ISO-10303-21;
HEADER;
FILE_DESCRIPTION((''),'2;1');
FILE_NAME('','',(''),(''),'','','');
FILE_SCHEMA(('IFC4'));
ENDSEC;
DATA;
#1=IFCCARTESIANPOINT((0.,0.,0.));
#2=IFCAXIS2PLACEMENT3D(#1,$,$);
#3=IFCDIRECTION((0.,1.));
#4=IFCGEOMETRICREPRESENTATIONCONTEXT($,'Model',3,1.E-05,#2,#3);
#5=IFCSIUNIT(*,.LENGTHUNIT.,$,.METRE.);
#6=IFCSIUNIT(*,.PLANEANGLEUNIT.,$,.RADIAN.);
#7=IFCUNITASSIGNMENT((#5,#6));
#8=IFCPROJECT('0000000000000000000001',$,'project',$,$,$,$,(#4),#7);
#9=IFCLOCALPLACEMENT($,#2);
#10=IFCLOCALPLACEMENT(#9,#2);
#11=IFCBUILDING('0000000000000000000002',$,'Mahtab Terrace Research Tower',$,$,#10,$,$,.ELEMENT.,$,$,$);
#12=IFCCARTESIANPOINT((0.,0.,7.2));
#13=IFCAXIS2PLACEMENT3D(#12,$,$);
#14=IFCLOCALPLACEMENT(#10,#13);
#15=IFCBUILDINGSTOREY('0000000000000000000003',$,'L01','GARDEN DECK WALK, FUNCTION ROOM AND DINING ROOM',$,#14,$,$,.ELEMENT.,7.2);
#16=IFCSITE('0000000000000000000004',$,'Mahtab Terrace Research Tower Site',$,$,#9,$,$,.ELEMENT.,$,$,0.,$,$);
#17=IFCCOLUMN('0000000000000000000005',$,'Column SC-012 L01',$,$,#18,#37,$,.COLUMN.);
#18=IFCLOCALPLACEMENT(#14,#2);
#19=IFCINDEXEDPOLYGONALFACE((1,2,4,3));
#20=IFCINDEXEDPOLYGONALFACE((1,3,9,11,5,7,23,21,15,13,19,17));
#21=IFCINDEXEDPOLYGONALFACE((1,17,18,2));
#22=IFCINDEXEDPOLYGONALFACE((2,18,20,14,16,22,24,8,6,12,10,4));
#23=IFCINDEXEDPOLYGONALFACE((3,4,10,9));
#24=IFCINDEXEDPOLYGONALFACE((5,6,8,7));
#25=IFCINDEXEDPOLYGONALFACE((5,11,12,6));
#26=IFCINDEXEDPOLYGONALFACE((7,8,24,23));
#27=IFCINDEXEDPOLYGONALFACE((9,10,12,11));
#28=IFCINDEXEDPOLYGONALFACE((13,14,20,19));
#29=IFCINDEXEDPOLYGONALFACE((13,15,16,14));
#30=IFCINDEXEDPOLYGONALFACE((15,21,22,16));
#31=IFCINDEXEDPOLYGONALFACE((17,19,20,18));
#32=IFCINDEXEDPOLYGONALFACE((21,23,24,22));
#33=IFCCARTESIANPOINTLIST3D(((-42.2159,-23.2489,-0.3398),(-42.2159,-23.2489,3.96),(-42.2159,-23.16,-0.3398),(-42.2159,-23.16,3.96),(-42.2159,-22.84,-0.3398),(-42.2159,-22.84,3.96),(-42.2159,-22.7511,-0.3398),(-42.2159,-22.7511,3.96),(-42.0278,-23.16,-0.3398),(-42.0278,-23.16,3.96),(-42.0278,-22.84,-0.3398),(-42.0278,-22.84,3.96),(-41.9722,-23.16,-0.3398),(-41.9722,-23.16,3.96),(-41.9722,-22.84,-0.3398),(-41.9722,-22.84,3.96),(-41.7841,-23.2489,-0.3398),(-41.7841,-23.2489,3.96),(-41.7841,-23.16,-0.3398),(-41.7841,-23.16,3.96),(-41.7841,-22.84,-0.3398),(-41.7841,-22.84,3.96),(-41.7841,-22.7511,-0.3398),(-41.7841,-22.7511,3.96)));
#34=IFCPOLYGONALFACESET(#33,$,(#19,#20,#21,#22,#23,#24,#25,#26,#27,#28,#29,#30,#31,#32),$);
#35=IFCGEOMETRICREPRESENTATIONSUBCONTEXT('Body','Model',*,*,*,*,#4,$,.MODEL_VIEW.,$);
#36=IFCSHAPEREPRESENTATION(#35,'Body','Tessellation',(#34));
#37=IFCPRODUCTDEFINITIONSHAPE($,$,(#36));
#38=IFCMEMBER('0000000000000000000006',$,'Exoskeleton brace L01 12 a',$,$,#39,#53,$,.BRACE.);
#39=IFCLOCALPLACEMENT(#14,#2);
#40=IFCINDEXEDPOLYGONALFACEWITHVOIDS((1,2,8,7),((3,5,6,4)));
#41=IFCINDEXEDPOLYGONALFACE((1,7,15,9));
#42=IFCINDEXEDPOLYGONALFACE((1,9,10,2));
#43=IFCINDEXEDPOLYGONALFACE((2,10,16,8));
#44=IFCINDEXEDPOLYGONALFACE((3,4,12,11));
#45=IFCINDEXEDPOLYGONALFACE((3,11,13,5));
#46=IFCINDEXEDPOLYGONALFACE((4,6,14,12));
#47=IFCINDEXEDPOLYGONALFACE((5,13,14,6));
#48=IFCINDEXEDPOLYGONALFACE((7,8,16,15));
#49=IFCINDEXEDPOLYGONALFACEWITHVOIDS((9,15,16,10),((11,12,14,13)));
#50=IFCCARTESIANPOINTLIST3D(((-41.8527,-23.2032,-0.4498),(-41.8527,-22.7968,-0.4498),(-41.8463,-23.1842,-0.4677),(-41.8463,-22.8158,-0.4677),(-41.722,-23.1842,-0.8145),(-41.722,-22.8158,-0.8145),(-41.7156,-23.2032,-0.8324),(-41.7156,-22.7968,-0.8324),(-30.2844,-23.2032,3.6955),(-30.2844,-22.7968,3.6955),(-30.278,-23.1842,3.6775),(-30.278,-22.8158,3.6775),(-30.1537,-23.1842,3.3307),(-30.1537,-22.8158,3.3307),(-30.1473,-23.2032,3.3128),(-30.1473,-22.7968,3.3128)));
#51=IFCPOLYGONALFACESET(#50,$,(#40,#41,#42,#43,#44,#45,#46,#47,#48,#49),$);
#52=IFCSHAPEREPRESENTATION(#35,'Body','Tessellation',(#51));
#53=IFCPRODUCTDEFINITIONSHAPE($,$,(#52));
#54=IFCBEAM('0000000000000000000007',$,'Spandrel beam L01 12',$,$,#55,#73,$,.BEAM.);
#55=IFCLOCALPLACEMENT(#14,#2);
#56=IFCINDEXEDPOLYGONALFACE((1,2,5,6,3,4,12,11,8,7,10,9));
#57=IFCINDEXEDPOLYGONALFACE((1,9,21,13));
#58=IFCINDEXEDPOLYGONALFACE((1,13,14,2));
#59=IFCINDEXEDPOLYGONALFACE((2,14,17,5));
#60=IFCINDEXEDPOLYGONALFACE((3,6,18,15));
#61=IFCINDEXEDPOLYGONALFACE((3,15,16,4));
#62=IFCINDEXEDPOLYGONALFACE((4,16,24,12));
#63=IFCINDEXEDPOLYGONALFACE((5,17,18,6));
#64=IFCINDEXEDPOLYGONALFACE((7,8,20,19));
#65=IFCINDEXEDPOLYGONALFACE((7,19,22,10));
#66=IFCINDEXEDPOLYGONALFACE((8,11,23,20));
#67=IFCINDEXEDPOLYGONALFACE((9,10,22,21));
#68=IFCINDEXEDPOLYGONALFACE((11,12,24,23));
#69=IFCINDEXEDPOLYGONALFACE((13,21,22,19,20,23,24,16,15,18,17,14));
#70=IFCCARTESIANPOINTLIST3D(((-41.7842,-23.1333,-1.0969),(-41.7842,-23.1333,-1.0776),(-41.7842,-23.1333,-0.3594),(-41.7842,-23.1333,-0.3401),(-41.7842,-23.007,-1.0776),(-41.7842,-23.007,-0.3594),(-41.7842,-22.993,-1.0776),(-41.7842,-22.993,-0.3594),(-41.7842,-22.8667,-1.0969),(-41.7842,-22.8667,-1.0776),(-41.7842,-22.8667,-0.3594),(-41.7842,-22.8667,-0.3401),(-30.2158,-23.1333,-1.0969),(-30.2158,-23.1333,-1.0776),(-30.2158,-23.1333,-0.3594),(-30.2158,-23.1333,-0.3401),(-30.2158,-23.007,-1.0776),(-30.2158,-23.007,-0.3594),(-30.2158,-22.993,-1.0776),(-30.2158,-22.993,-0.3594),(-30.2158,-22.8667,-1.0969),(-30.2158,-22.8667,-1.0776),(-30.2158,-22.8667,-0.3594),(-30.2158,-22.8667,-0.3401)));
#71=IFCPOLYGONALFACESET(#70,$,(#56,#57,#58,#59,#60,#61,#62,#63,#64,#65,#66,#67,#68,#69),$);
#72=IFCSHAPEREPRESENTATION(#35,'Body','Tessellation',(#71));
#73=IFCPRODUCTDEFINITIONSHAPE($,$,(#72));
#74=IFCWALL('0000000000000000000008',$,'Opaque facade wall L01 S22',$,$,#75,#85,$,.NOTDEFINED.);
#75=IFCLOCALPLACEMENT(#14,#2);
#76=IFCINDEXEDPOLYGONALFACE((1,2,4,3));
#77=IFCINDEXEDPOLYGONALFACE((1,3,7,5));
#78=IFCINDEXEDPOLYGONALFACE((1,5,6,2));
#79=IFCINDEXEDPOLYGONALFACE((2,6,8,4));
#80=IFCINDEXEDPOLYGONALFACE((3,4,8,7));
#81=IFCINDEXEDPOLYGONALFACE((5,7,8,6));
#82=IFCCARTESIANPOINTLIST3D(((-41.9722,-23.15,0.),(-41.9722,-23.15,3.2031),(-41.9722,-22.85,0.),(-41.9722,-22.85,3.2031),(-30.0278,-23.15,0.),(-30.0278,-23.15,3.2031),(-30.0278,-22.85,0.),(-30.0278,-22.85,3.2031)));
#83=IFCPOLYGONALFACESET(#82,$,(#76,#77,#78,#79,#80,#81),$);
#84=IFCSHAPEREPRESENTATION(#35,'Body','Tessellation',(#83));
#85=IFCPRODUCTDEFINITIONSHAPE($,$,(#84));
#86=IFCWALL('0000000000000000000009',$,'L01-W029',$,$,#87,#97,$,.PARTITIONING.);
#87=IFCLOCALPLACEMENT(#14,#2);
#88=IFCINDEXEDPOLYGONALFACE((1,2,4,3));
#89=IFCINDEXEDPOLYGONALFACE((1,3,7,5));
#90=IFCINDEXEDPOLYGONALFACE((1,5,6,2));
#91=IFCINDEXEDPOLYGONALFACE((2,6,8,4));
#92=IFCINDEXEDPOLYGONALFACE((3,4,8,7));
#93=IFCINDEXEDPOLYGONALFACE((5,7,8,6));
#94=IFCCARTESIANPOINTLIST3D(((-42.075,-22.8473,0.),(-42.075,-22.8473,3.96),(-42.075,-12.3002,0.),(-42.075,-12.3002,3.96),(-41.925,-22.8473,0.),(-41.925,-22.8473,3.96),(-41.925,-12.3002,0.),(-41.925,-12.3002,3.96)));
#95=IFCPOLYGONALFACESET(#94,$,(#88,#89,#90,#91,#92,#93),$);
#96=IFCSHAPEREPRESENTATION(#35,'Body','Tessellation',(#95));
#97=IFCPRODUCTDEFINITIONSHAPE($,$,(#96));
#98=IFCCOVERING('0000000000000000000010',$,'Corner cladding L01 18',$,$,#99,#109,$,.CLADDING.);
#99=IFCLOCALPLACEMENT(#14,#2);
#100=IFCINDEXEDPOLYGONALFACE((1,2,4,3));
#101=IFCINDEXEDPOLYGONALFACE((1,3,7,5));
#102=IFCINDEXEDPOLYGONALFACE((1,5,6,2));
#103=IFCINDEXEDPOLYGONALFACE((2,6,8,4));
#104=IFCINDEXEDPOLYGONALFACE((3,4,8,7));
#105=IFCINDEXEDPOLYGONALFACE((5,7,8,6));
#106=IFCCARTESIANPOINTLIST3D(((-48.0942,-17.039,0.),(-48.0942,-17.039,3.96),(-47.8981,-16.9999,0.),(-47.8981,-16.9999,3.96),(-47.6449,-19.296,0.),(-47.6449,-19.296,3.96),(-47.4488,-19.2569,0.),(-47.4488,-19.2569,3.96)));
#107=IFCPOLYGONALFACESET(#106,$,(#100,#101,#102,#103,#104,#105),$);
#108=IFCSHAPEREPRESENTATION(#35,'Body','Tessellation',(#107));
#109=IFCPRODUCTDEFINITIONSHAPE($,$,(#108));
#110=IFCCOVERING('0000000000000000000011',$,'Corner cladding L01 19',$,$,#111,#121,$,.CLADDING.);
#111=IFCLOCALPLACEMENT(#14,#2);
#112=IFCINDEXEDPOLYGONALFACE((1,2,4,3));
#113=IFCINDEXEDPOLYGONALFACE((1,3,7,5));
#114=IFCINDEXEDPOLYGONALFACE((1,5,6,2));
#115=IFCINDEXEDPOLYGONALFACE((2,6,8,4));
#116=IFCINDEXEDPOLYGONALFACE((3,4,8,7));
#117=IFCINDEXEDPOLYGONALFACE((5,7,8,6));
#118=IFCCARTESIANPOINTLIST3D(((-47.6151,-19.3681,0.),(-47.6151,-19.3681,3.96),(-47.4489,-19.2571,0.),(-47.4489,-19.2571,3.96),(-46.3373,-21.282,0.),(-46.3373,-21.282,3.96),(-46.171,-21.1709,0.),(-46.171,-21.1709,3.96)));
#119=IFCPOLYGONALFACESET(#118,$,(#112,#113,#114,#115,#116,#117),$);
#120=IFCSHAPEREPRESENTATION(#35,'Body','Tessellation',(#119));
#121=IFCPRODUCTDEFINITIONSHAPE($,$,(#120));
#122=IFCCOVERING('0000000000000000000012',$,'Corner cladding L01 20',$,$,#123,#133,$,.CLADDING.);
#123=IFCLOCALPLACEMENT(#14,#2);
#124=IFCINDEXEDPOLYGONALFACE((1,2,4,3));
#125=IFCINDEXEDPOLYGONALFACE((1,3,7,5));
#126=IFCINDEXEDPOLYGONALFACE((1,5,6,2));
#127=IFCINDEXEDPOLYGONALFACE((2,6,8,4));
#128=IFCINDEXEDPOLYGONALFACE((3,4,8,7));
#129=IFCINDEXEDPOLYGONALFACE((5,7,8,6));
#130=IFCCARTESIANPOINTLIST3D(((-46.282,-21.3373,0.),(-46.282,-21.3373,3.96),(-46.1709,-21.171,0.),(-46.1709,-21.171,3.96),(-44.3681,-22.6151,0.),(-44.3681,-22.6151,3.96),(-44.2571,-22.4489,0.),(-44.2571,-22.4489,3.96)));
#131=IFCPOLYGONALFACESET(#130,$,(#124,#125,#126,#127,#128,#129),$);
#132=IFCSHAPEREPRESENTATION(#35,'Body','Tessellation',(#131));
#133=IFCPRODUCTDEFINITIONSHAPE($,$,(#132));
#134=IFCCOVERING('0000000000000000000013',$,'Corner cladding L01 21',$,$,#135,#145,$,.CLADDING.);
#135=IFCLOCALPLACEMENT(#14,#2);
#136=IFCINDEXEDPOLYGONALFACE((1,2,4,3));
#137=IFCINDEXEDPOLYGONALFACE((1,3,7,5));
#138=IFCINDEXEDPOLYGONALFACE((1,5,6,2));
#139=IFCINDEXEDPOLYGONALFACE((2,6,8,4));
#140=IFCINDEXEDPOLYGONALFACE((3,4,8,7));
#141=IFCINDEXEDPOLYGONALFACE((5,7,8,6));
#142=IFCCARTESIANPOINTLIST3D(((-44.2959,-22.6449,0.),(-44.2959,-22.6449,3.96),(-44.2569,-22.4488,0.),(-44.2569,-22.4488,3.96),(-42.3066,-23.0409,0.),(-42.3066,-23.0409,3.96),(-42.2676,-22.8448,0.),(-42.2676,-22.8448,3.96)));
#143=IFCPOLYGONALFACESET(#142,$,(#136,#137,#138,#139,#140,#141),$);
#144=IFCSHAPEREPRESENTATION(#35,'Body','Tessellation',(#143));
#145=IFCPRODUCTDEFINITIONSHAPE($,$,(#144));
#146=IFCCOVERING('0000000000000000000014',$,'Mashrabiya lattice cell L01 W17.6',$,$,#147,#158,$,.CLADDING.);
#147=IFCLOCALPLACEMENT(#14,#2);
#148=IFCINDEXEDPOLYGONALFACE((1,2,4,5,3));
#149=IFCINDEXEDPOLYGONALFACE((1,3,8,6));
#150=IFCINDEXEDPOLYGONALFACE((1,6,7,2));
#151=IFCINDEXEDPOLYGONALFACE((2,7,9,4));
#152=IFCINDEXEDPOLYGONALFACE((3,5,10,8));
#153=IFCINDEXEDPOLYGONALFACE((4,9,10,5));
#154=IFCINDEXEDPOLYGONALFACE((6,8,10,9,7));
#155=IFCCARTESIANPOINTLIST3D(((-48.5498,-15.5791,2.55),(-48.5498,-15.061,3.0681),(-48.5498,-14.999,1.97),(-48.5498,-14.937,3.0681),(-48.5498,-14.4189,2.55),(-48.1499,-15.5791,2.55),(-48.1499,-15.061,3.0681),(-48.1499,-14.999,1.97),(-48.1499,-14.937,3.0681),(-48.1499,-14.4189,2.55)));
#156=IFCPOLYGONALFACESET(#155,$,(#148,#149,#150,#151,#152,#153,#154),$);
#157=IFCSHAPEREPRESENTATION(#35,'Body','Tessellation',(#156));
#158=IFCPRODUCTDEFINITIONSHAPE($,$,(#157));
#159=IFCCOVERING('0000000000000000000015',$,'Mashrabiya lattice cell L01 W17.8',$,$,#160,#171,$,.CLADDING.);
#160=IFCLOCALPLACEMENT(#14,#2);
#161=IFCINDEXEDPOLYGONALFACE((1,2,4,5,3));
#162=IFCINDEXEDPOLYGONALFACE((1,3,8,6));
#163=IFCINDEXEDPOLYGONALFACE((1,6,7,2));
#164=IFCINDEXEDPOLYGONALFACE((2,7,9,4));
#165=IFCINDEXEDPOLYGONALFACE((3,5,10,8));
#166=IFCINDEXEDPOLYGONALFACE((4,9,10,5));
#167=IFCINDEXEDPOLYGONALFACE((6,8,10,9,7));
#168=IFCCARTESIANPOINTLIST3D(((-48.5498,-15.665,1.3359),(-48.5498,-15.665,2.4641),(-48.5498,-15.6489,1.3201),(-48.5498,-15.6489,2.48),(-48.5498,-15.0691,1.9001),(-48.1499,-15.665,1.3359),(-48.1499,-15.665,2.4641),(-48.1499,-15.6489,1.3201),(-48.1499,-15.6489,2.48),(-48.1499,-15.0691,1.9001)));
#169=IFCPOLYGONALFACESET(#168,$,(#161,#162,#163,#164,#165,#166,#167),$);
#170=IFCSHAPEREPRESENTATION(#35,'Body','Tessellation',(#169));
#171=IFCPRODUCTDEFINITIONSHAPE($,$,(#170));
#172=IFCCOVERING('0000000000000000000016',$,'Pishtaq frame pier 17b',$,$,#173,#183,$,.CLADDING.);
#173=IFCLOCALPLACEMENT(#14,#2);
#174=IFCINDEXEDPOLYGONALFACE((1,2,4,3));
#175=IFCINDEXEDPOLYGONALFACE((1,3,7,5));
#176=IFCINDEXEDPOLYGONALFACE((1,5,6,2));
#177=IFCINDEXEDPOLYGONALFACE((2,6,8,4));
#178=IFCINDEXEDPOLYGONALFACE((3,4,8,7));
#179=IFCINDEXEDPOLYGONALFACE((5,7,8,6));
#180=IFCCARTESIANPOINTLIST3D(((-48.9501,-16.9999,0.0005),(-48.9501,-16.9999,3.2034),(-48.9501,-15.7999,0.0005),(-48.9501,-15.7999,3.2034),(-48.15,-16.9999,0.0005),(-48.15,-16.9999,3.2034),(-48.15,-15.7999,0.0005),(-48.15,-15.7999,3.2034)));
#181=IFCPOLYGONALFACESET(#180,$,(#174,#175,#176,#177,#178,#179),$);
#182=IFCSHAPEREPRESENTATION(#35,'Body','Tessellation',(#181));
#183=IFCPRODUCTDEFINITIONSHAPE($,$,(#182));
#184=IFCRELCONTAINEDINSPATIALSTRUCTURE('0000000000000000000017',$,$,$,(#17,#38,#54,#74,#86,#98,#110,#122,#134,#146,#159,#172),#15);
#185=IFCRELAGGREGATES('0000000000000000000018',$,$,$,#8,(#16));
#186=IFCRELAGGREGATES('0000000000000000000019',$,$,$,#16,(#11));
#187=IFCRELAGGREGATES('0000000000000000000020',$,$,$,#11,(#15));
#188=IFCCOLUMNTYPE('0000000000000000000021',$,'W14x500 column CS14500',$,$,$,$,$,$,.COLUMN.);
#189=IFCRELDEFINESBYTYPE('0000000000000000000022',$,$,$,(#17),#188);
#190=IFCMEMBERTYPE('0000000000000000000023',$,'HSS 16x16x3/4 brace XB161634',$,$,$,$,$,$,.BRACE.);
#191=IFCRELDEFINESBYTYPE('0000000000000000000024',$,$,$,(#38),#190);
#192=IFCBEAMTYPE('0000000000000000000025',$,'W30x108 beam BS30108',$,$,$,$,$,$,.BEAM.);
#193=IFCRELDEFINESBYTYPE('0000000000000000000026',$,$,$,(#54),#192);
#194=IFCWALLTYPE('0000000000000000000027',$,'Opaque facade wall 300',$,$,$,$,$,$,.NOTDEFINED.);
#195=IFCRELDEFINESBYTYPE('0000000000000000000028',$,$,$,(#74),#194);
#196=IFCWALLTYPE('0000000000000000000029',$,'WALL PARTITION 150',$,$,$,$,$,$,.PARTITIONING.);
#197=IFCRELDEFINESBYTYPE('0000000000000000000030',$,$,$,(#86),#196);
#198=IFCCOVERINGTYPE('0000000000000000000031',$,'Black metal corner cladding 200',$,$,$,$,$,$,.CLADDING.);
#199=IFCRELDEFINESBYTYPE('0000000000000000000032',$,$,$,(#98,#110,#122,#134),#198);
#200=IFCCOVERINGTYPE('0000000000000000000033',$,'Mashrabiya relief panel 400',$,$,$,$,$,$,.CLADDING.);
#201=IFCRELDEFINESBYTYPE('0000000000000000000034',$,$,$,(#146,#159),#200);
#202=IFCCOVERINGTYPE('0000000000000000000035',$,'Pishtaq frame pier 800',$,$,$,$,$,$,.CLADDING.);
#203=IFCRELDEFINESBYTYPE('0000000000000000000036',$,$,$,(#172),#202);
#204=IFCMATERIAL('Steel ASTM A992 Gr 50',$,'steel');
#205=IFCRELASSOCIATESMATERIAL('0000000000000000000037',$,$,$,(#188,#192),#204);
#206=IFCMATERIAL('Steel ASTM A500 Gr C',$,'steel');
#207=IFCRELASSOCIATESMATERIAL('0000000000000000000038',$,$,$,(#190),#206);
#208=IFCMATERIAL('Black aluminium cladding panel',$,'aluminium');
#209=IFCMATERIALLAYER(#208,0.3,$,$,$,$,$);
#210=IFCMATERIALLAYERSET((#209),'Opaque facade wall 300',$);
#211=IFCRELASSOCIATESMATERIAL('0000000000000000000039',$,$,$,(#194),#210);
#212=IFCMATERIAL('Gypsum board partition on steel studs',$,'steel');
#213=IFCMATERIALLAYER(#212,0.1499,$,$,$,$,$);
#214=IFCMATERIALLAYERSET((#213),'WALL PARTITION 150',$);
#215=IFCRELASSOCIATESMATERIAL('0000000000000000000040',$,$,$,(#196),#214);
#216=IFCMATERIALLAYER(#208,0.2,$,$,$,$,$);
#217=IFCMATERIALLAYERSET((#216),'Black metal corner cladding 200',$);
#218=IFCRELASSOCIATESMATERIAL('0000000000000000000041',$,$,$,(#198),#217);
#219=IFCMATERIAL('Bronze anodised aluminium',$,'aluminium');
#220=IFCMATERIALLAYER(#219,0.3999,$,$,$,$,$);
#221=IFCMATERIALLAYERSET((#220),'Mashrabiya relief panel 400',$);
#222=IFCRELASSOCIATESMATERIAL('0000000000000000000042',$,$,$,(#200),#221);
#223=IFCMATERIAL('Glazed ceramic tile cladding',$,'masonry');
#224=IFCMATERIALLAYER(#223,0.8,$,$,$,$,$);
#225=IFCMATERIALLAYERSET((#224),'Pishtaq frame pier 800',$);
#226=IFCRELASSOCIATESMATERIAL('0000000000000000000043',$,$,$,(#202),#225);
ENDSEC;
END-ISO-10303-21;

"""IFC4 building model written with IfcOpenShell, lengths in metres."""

from ifc_helpers import new_model, si_unit, direction, frame, frame_2d, origin, origin_2d, place, context, subcontext, project, spatial, polyline, rectangle, hollow_rectangle, i_section, outline, extrude, material, layer, layer_set, material_profile, profile_set, type_object, element, save


model = new_model("IFC4")

# Units and contexts
model_context = context("Model", 3, precision=1e-05, world=origin(), true_north=direction((0.0, 1.0)))
body_context = subcontext(model_context, "Body", "Model", "MODEL_VIEW")
ifc_project = project(units=[si_unit("LENGTHUNIT", "METRE"), si_unit("PLANEANGLEUNIT", "RADIAN")], contexts=[model_context])

# Site, building, storey
site_placement = place(None, origin())
site = spatial("IfcSite", under=ifc_project, at=site_placement, Name="Mahtab Terrace Research Tower Site", CompositionType="ELEMENT", RefElevation=0.0)
building_placement = place(site_placement, origin())
building = spatial("IfcBuilding", under=site, at=building_placement, Name="Mahtab Terrace Research Tower", CompositionType="ELEMENT")
storey_placement = place(building_placement, frame((0.0, 0.0, 7.2)))
storey = spatial("IfcBuildingStorey", under=building, at=storey_placement, Name="L01", Description="GARDEN DECK WALK, FUNCTION ROOM AND DINING ROOM", CompositionType="ELEMENT", Elevation=7.2)

# Column
ifc_material_1 = material(Name="Steel ASTM A992 Gr 50", Category="steel")
ifc_material_profile_1 = material_profile(ifc_material_1, i_section(OverallWidth=0.4319, OverallDepth=0.4978, WebThickness=0.0557, FlangeThickness=0.0889, at=origin_2d()), Name="W14X500")
ifc_profile_set_1 = profile_set([ifc_material_profile_1], Name="Steel ASTM A992 Gr 50")
column_type = type_object("IfcColumnType", Name="W14x500 column CS14500", PredefinedType="COLUMN", material=ifc_profile_set_1)
column_placement = place(storey_placement, frame((-42.0, -23.0, -0.3398), z_axis=(0.0, 0.0, 1.0), x_axis=(1.0, 0.0, 0.0)))
element("IfcColumn", 1, at=column_placement, inside=storey, type_object=column_type, Name="Column SC-012 L01", PredefinedType="COLUMN", context=body_context, shape_type="SweptSolid", body=[
    extrude(i_section(OverallWidth=0.4319, OverallDepth=0.4978, WebThickness=0.0557, FlangeThickness=0.0889, at=origin_2d()), origin(), (0.0, 0.0, 1.0), 4.2998),
])

# Member
ifc_material_2 = material(Name="Steel ASTM A500 Gr C", Category="steel")
ifc_material_profile_2 = material_profile(ifc_material_2, hollow_rectangle(XDim=0.4065, YDim=0.4065, WallThickness=0.019, at=origin_2d()), Name="HSS16X16X3/4")
ifc_profile_set_2 = profile_set([ifc_material_profile_2], Name="Steel ASTM A500 Gr C")
member_type = type_object("IfcMemberType", Name="HSS 16x16x3/4 brace XB161634", PredefinedType="BRACE", material=ifc_profile_set_2)
member_placement = place(storey_placement, frame((-41.7842, -23.0, -0.6411), z_axis=(0.941388, 0.0, 0.337325), x_axis=(0.0, 1.0, 0.0)))
element("IfcMember", 2, at=member_placement, inside=storey, type_object=member_type, Name="Exoskeleton brace L01 12 a", PredefinedType="BRACE", context=body_context, shape_type="SweptSolid", body=[
    extrude(hollow_rectangle(XDim=0.4065, YDim=0.4065, WallThickness=0.019, at=origin_2d()), origin(), (0.0, 0.0, 1.0), 12.2886),
])

# Beam
ifc_material_profile_3 = material_profile(ifc_material_1, i_section(OverallWidth=0.2666, OverallDepth=0.7568, WebThickness=0.0139, FlangeThickness=0.0193, at=origin_2d()), Name="W30X108")
ifc_profile_set_3 = profile_set([ifc_material_profile_3], Name="Steel ASTM A992 Gr 50")
beam_type = type_object("IfcBeamType", Name="W30x108 beam BS30108", PredefinedType="BEAM", material=ifc_profile_set_3)
beam_placement = place(storey_placement, frame((-41.7842, -23.0, -0.7185), z_axis=(1.0, 0.0, 0.0), x_axis=(0.0, 1.0, 0.0)))
element("IfcBeam", 3, at=beam_placement, inside=storey, type_object=beam_type, Name="Spandrel beam L01 12", PredefinedType="BEAM", context=body_context, shape_type="SweptSolid", body=[
    extrude(i_section(OverallWidth=0.2666, OverallDepth=0.7568, WebThickness=0.0139, FlangeThickness=0.0193, at=origin_2d()), origin(), (0.0, 0.0, 1.0), 11.5684),
])

# Walls
ifc_material_3 = material(Name="Black aluminium cladding panel", Category="aluminium")
ifc_layer_1 = layer(ifc_material_3, 0.3)
ifc_layer_set_1 = layer_set([ifc_layer_1], Name="Opaque facade wall 300")
wall_type_1 = type_object("IfcWallType", Name="Opaque facade wall 300", PredefinedType="NOTDEFINED", material=ifc_layer_set_1)
wall_1_placement = place(storey_placement, frame((-41.9722, -23.0, 0.0), z_axis=(0.0, 0.0, 1.0), x_axis=(1.0, 0.0, 0.0)))
element("IfcWall", 4, at=wall_1_placement, inside=storey, type_object=wall_type_1, Name="Opaque facade wall L01 S22", PredefinedType="NOTDEFINED", context=body_context, shape_type="SweptSolid", body=[
    extrude(rectangle(XDim=11.9443, YDim=0.3, at=frame_2d((5.9722, 0.0))), origin(), (0.0, 0.0, 1.0), 3.2031),
])
ifc_material_4 = material(Name="Gypsum board partition on steel studs", Category="steel")
ifc_layer_2 = layer(ifc_material_4, 0.1499)
ifc_layer_set_2 = layer_set([ifc_layer_2], Name="WALL PARTITION 150")
wall_type_2 = type_object("IfcWallType", Name="WALL PARTITION 150", PredefinedType="PARTITIONING", material=ifc_layer_set_2)
wall_2_placement = place(storey_placement, frame((-42.0, -22.8472, 0.0), z_axis=(0.0, 0.0, 1.0), x_axis=(0.0, 1.0, 0.0)))
element("IfcWall", 5, at=wall_2_placement, inside=storey, type_object=wall_type_2, Name="L01-W029", PredefinedType="PARTITIONING", context=body_context, shape_type="SweptSolid", body=[
    extrude(rectangle(XDim=10.5471, YDim=0.1499, at=frame_2d((5.2734, 0.0))), origin(), (0.0, 0.0, 1.0), 3.96),
])

# Coverings
ifc_layer_3 = layer(ifc_material_3, 0.2)
ifc_layer_set_3 = layer_set([ifc_layer_3], Name="Black metal corner cladding 200")
covering_type_1 = type_object("IfcCoveringType", Name="Black metal corner cladding 200", PredefinedType="CLADDING", material=ifc_layer_set_3)
for number, where, z_axis, x_axis, name in (
    (6, (-47.7715, -18.1479, 0.0), (0.0, 0.0, 1.0), (0.195212, -0.980761, 0.0), "Corner cladding L01 18"),
    (7, (-46.8931, -20.2695, 0.0), (0.0, 0.0, 1.0), (0.555291, -0.831656, 0.0), "Corner cladding L01 19"),
    (8, (-45.2695, -21.8931, 0.0), (0.0, 0.0, 1.0), (0.831656, -0.555291, 0.0), "Corner cladding L01 20"),
):
    element("IfcCovering", number, at=place(storey_placement, frame(where, z_axis=z_axis, x_axis=x_axis)), inside=storey, type_object=covering_type_1, Name=name, PredefinedType="CLADDING", context=body_context, shape_type="SweptSolid", body=[
        extrude(rectangle(XDim=2.3013, YDim=0.2, at=origin_2d()), origin(), (0.0, 0.0, 1.0), 3.96),
    ])
covering_1_placement = place(storey_placement, frame((-43.2817, -22.7449, 0.0), z_axis=(0.0, 0.0, 1.0), x_axis=(0.980761, -0.195212, 0.0)))
element("IfcCovering", 9, at=covering_1_placement, inside=storey, type_object=covering_type_1, Name="Corner cladding L01 21", PredefinedType="CLADDING", context=body_context, shape_type="SweptSolid", body=[
    extrude(rectangle(XDim=2.0283, YDim=0.2, at=origin_2d()), origin(), (0.0, 0.0, 1.0), 3.96),
])
ifc_material_5 = material(Name="Bronze anodised aluminium", Category="aluminium")
ifc_layer_4 = layer(ifc_material_5, 0.3999)
ifc_layer_set_4 = layer_set([ifc_layer_4], Name="Mashrabiya relief panel 400")
covering_type_2 = type_object("IfcCoveringType", Name="Mashrabiya relief panel 400", PredefinedType="CLADDING", material=ifc_layer_set_4)
covering_2_placement = place(storey_placement, frame((-48.1499, -15.5791, 2.55), z_axis=(1.0, 0.0, 0.0), x_axis=(0.0, 0.707107, -0.707107)))
element("IfcCovering", 10, at=covering_2_placement, inside=storey, type_object=covering_type_2, Name="Mashrabiya lattice cell L01 W17.6", PredefinedType="CLADDING", context=body_context, shape_type="SweptSolid", body=[
    extrude(outline(polyline([(0.0, 0.0), (0.8204, 0.0), (0.8204, 0.8204), (0.0877, 0.8204), (0.0, 0.7327), (0.0, 0.0)])), origin(), (0.0, 0.0, -1.0), 0.3999),
])
covering_3_placement = place(storey_placement, frame((-48.1499, -15.6489, 1.3201), z_axis=(1.0, 0.0, 0.0), x_axis=(0.0, 0.706958, 0.707256)))
element("IfcCovering", 11, at=covering_3_placement, inside=storey, type_object=covering_type_2, Name="Mashrabiya lattice cell L01 W17.8", PredefinedType="CLADDING", context=body_context, shape_type="SweptSolid", body=[
    extrude(outline(polyline([(0.0, 0.0), (0.8202, 0.0), (0.8204, 0.82), (0.7977, 0.8202), (-0.0002, 0.0226), (0.0, 0.0)])), origin(), (0.0, 0.0, -1.0), 0.3999),
])
ifc_material_6 = material(Name="Glazed ceramic tile cladding", Category="masonry")
ifc_layer_5 = layer(ifc_material_6, 0.8)
ifc_layer_set_5 = layer_set([ifc_layer_5], Name="Pishtaq frame pier 800")
covering_type_3 = type_object("IfcCoveringType", Name="Pishtaq frame pier 800", PredefinedType="CLADDING", material=ifc_layer_set_5)
covering_4_placement = place(storey_placement, frame((-48.55, -16.3999, 0.0005), z_axis=(0.0, 0.0, 1.0), x_axis=(0.0, -1.0, 0.0)))
element("IfcCovering", 12, at=covering_4_placement, inside=storey, type_object=covering_type_3, Name="Pishtaq frame pier 17b", PredefinedType="CLADDING", context=body_context, shape_type="SweptSolid", body=[
    extrude(rectangle(XDim=1.2, YDim=0.8, at=origin_2d()), origin(), (0.0, 0.0, 1.0), 3.2029),
])

save(model, "model.ifc")
